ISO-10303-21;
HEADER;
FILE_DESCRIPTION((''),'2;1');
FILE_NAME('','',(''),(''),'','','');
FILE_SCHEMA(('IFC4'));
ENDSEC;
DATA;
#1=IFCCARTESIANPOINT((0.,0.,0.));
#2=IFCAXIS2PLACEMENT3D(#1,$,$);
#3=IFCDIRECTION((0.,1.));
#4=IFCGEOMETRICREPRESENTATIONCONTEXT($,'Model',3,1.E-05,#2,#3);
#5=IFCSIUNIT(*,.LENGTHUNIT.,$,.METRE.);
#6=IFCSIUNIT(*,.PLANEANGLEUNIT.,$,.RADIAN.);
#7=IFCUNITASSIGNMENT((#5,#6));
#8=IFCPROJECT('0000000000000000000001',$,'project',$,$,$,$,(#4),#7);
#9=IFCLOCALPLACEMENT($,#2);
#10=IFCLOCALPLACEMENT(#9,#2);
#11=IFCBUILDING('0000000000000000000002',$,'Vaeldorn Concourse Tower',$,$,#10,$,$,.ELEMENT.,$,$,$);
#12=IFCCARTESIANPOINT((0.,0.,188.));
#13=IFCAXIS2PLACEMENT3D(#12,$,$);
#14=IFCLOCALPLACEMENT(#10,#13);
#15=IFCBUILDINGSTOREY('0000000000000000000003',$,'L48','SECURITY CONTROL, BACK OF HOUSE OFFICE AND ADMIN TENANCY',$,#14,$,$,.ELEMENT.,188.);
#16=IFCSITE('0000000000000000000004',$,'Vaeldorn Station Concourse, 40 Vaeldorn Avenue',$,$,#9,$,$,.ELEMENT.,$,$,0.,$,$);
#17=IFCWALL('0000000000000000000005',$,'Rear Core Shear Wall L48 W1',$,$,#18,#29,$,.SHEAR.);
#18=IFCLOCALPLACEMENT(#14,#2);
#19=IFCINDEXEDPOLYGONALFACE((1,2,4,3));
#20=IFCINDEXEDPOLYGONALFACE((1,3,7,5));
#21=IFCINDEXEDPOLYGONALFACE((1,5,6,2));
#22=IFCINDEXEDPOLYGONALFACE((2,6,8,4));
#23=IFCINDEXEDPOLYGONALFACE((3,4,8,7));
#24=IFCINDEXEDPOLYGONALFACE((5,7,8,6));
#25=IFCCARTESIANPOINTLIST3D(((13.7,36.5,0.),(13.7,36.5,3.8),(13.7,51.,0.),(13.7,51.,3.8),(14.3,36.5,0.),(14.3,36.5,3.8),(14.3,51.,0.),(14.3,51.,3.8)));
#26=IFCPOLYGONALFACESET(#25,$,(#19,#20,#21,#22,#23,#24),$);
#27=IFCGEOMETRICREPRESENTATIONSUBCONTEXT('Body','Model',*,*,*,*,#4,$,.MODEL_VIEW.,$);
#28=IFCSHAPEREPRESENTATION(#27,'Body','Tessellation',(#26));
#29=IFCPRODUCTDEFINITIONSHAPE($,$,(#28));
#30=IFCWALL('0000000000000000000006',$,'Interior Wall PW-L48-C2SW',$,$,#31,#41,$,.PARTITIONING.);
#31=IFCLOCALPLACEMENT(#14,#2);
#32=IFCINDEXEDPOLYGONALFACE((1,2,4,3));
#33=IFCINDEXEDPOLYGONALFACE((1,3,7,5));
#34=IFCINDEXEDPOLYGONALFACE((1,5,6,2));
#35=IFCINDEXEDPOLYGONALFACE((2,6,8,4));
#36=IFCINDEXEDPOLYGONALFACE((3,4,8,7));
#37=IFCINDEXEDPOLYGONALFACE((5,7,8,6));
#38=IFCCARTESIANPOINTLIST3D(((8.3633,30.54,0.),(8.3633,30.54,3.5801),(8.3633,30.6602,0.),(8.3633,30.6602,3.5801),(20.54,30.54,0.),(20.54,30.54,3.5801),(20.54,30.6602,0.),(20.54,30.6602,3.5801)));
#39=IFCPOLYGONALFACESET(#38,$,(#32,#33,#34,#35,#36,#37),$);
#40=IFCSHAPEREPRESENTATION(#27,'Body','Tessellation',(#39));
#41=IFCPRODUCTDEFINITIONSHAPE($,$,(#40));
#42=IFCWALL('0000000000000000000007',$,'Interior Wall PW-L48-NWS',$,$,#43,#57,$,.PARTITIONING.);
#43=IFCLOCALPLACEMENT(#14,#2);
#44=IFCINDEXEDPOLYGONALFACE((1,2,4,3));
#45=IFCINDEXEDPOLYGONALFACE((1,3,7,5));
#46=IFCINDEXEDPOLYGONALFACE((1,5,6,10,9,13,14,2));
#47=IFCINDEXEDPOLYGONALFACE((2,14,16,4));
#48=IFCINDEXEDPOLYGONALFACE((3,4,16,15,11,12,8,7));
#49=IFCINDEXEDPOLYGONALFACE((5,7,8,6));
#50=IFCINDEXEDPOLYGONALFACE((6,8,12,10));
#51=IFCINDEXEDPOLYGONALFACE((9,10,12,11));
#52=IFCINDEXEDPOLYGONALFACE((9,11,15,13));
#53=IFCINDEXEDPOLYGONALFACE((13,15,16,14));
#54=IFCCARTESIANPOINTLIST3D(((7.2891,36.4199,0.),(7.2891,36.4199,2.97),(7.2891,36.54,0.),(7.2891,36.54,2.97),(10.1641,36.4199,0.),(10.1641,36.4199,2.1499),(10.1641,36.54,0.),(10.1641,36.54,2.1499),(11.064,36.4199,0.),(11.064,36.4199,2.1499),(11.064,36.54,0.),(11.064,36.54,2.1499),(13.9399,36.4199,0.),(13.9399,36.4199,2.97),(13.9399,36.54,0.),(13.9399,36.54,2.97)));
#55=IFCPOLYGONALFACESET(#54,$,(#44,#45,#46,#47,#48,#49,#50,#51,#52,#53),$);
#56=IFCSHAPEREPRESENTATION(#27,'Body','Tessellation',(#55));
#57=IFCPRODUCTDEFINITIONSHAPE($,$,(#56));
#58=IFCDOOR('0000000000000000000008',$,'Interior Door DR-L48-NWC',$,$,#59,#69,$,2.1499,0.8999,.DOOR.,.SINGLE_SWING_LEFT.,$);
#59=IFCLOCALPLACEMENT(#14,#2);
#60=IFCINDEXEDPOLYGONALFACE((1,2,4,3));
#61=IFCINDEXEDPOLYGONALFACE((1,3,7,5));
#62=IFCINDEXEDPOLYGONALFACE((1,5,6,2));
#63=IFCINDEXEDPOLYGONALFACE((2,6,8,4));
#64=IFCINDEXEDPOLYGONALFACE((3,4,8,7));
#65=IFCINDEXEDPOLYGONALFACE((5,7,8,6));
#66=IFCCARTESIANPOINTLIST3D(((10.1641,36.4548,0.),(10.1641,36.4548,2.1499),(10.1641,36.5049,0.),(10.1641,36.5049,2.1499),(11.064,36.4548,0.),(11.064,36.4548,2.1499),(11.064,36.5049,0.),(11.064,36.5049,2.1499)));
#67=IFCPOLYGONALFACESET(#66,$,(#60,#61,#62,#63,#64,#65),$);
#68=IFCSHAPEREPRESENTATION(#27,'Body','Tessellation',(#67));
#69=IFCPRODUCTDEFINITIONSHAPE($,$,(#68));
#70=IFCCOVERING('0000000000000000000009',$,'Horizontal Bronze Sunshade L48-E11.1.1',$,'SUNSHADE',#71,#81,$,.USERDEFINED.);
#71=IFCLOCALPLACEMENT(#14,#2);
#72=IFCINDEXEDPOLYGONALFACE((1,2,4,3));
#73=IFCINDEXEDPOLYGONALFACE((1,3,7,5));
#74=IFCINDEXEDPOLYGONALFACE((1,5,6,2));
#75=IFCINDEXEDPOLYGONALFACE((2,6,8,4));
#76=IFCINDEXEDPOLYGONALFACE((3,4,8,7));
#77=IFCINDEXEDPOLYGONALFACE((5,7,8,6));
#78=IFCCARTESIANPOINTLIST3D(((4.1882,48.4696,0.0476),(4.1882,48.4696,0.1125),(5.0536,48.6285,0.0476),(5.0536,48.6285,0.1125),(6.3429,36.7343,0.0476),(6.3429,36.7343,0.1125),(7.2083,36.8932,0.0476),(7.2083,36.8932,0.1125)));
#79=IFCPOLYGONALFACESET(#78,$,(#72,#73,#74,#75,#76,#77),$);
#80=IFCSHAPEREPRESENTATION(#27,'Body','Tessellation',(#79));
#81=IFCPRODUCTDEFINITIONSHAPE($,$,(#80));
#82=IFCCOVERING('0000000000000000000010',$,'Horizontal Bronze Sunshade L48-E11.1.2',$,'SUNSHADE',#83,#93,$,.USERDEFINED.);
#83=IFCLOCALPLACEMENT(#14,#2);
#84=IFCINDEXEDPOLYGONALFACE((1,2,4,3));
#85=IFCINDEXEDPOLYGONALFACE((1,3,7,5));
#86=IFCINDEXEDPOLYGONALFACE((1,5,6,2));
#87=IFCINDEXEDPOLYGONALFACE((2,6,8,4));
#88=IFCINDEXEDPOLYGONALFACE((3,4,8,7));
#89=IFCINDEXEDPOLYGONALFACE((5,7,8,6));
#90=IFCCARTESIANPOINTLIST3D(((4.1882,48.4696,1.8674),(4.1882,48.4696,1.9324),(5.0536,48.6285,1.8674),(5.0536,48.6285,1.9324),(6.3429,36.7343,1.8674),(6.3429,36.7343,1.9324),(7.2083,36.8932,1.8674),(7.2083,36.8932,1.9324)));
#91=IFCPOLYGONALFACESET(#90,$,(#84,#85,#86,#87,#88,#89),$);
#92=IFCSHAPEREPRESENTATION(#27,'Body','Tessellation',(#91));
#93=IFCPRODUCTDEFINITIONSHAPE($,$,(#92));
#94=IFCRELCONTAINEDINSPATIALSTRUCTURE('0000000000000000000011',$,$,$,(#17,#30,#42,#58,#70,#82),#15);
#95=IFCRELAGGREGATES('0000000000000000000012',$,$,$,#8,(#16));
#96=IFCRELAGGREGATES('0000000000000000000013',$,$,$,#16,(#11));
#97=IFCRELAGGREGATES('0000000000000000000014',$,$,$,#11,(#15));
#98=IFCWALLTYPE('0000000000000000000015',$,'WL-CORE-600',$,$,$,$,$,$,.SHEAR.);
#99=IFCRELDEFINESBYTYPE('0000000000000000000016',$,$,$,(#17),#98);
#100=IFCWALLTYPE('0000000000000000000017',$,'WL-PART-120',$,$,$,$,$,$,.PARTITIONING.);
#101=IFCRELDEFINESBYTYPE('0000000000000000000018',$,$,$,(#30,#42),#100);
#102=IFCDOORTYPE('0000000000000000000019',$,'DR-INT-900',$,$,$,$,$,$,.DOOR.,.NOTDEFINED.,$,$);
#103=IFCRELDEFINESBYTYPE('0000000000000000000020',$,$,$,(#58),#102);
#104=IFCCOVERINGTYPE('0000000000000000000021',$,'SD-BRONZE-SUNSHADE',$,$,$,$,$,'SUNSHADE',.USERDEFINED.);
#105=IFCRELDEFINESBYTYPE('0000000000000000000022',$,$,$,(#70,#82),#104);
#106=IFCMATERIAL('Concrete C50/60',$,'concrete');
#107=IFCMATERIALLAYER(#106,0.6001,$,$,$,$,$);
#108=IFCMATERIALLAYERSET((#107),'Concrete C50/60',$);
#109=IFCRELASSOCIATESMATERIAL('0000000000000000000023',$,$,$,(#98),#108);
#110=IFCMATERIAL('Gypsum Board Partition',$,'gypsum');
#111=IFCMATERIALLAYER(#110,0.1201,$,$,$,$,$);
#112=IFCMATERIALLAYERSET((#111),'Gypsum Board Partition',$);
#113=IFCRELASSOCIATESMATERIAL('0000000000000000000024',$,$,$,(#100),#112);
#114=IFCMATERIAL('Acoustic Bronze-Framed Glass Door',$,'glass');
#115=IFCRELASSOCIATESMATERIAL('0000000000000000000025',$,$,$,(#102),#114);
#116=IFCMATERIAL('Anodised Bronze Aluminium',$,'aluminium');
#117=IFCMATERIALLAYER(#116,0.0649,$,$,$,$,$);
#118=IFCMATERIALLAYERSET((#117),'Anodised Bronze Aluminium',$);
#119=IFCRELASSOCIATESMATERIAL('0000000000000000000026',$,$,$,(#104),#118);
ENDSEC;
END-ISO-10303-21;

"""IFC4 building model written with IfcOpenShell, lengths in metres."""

from ifc_helpers import new_model, si_unit, direction, frame, frame_2d, origin, origin_2d, place, context, subcontext, project, spatial, rectangle, extrude, source, transform, mapped, material, layer, layer_set, type_object, element, fill, save


model = new_model("IFC4")

# Units and contexts
model_context = context("Model", 3, precision=1e-05, world=origin(), true_north=direction((0.0, 1.0)))
body_context = subcontext(model_context, "Body", "Model", "MODEL_VIEW")
ifc_project = project(units=[si_unit("LENGTHUNIT", "METRE"), si_unit("PLANEANGLEUNIT", "RADIAN")], contexts=[model_context])

# Site, building, storey
site_placement = place(None, origin())
site = spatial("IfcSite", under=ifc_project, at=site_placement, Name="Vaeldorn Station Concourse, 40 Vaeldorn Avenue", CompositionType="ELEMENT", RefElevation=0.0)
building_placement = place(site_placement, origin())
building = spatial("IfcBuilding", under=site, at=building_placement, Name="Vaeldorn Concourse Tower", CompositionType="ELEMENT")
storey_placement = place(building_placement, frame((0.0, 0.0, 188.0)))
storey = spatial("IfcBuildingStorey", under=building, at=storey_placement, Name="L48", Description="SECURITY CONTROL, BACK OF HOUSE OFFICE AND ADMIN TENANCY", CompositionType="ELEMENT", Elevation=188.0)

# Shared definitions
ifc_material_1 = material(Name="Concrete C50/60", Category="concrete")

# Shared definitions
ifc_material_2 = material(Name="Anodised Bronze Aluminium", Category="aluminium")

# Walls
ifc_layer_1 = layer(ifc_material_1, 0.6001)
ifc_layer_set_1 = layer_set([ifc_layer_1], Name="Concrete C50/60")
wall_type_1 = type_object("IfcWallType", Name="WL-CORE-600", PredefinedType="SHEAR", material=ifc_layer_set_1)
wall_1_placement = place(storey_placement, frame((14.0, 36.5, 0.0), z_axis=(0.0, 0.0, 1.0), x_axis=(0.0, 1.0, 0.0)))
element("IfcWall", 1, at=wall_1_placement, inside=storey, type_object=wall_type_1, Name="Rear Core Shear Wall L48 W1", PredefinedType="SHEAR", context=body_context, shape_type="SweptSolid", body=[
    extrude(rectangle(XDim=14.5, YDim=0.6001, at=frame_2d((7.25, 0.0))), origin(), (0.0, 0.0, 1.0), 3.8),
])
ifc_material_3 = material(Name="Gypsum Board Partition", Category="gypsum")
ifc_layer_2 = layer(ifc_material_3, 0.1201)
ifc_layer_set_2 = layer_set([ifc_layer_2], Name="Gypsum Board Partition")
wall_type_2 = type_object("IfcWallType", Name="WL-PART-120", PredefinedType="PARTITIONING", material=ifc_layer_set_2)
wall_2_placement = place(storey_placement, frame((8.3633, 30.6001, 0.0), z_axis=(0.0, 0.0, 1.0), x_axis=(1.0, 0.0, 0.0)))
element("IfcWall", 2, at=wall_2_placement, inside=storey, type_object=wall_type_2, Name="Interior Wall PW-L48-C2SW", PredefinedType="PARTITIONING", context=body_context, shape_type="SweptSolid", body=[
    extrude(rectangle(XDim=12.1768, YDim=0.1201, at=frame_2d((6.0884, 0.0))), origin(), (0.0, 0.0, 1.0), 3.5801),
])

# Wall, opening, door
wall_3_placement = place(storey_placement, frame((7.2891, 36.48, 0.0), z_axis=(0.0, 0.0, 1.0), x_axis=(1.0, 0.0, 0.0)))
wall_3 = element("IfcWall", 3, at=wall_3_placement, inside=storey, type_object=wall_type_2, Name="Interior Wall PW-L48-NWS", PredefinedType="PARTITIONING", context=body_context, shape_type="SweptSolid", body=[
    extrude(rectangle(XDim=6.6509, YDim=0.1201, at=frame_2d((3.3254, 0.0))), origin(), (0.0, 0.0, 1.0), 2.97),
])
opening_placement = place(wall_3_placement, frame((2.875, 0.0, 0.0)))
opening = element("IfcOpeningElement", 4, at=opening_placement, cuts=wall_3, PredefinedType="OPENING", context=body_context, shape_type="SweptSolid", body=[
    extrude(rectangle(XDim=0.8999, YDim=2.1499, at=frame_2d((0.45, 1.075))), frame((0.0, 0.0701, 0.0), z_axis=(0.0, -1.0, 0.0), x_axis=(1.0, 0.0, 0.0)), (0.0, 0.0, 1.0), 0.1401),
])
ifc_material_4 = material(Name="Acoustic Bronze-Framed Glass Door", Category="glass")
door_type = type_object("IfcDoorType", Name="DR-INT-900", OperationType="NOTDEFINED", PredefinedType="DOOR", material=ifc_material_4)
shared_shape_1 = source(origin(), body_context, "Body", "SweptSolid", [
    extrude(rectangle(XDim=0.8999, YDim=2.1499, at=frame_2d((0.45, 1.075))), frame((0.0, 0.0249, 0.0), z_axis=(0.0, -1.0, 0.0), x_axis=(1.0, 0.0, 0.0)), (0.0, 0.0, 1.0), 0.05),
])
door_placement = place(opening_placement, origin())
door = element("IfcDoor", 5, at=door_placement, inside=storey, type_object=door_type, Name="Interior Door DR-L48-NWC", OperationType="SINGLE_SWING_LEFT", OverallHeight=2.1499, OverallWidth=0.8999, PredefinedType="DOOR", context=body_context, shape_type="MappedRepresentation", body=[
    mapped(shared_shape_1, transform((0.0, 0.0, 0.0), scale=1.0)),
])
fill(opening, door)

# Coverings
ifc_layer_3 = layer(ifc_material_2, 0.0649)
ifc_layer_set_3 = layer_set([ifc_layer_3], Name="Anodised Bronze Aluminium")
covering_type = type_object("IfcCoveringType", Name="SD-BRONZE-SUNSHADE", ElementType="SUNSHADE", PredefinedType="USERDEFINED", material=ifc_layer_set_3)
shared_shape_2 = source(origin(), body_context, "Body", "SweptSolid", [
    extrude(rectangle(XDim=11.9314, YDim=0.8799, at=origin_2d()), origin(), (0.0, 0.0, 1.0), 0.0649),
])
for number, where, z_axis, x_axis, name in (
    (6, (5.6982, 42.6814, 0.0476), (0.0, 0.0, 1.0), (0.180588, -0.983559, 0.0), "Horizontal Bronze Sunshade L48-E11.1.1"),
    (7, (5.6982, 42.6814, 1.8674), (0.0, 0.0, 1.0), (0.180588, -0.983559, 0.0), "Horizontal Bronze Sunshade L48-E11.1.2"),
):
    element("IfcCovering", number, at=place(storey_placement, frame(where, z_axis=z_axis, x_axis=x_axis)), inside=storey, type_object=covering_type, Name=name, ObjectType="SUNSHADE", PredefinedType="USERDEFINED", context=body_context, shape_type="MappedRepresentation", body=[
        mapped(shared_shape_2, transform((0.0, 0.0, 0.0), scale=1.0)),
    ])

save(model, "model.ifc")
